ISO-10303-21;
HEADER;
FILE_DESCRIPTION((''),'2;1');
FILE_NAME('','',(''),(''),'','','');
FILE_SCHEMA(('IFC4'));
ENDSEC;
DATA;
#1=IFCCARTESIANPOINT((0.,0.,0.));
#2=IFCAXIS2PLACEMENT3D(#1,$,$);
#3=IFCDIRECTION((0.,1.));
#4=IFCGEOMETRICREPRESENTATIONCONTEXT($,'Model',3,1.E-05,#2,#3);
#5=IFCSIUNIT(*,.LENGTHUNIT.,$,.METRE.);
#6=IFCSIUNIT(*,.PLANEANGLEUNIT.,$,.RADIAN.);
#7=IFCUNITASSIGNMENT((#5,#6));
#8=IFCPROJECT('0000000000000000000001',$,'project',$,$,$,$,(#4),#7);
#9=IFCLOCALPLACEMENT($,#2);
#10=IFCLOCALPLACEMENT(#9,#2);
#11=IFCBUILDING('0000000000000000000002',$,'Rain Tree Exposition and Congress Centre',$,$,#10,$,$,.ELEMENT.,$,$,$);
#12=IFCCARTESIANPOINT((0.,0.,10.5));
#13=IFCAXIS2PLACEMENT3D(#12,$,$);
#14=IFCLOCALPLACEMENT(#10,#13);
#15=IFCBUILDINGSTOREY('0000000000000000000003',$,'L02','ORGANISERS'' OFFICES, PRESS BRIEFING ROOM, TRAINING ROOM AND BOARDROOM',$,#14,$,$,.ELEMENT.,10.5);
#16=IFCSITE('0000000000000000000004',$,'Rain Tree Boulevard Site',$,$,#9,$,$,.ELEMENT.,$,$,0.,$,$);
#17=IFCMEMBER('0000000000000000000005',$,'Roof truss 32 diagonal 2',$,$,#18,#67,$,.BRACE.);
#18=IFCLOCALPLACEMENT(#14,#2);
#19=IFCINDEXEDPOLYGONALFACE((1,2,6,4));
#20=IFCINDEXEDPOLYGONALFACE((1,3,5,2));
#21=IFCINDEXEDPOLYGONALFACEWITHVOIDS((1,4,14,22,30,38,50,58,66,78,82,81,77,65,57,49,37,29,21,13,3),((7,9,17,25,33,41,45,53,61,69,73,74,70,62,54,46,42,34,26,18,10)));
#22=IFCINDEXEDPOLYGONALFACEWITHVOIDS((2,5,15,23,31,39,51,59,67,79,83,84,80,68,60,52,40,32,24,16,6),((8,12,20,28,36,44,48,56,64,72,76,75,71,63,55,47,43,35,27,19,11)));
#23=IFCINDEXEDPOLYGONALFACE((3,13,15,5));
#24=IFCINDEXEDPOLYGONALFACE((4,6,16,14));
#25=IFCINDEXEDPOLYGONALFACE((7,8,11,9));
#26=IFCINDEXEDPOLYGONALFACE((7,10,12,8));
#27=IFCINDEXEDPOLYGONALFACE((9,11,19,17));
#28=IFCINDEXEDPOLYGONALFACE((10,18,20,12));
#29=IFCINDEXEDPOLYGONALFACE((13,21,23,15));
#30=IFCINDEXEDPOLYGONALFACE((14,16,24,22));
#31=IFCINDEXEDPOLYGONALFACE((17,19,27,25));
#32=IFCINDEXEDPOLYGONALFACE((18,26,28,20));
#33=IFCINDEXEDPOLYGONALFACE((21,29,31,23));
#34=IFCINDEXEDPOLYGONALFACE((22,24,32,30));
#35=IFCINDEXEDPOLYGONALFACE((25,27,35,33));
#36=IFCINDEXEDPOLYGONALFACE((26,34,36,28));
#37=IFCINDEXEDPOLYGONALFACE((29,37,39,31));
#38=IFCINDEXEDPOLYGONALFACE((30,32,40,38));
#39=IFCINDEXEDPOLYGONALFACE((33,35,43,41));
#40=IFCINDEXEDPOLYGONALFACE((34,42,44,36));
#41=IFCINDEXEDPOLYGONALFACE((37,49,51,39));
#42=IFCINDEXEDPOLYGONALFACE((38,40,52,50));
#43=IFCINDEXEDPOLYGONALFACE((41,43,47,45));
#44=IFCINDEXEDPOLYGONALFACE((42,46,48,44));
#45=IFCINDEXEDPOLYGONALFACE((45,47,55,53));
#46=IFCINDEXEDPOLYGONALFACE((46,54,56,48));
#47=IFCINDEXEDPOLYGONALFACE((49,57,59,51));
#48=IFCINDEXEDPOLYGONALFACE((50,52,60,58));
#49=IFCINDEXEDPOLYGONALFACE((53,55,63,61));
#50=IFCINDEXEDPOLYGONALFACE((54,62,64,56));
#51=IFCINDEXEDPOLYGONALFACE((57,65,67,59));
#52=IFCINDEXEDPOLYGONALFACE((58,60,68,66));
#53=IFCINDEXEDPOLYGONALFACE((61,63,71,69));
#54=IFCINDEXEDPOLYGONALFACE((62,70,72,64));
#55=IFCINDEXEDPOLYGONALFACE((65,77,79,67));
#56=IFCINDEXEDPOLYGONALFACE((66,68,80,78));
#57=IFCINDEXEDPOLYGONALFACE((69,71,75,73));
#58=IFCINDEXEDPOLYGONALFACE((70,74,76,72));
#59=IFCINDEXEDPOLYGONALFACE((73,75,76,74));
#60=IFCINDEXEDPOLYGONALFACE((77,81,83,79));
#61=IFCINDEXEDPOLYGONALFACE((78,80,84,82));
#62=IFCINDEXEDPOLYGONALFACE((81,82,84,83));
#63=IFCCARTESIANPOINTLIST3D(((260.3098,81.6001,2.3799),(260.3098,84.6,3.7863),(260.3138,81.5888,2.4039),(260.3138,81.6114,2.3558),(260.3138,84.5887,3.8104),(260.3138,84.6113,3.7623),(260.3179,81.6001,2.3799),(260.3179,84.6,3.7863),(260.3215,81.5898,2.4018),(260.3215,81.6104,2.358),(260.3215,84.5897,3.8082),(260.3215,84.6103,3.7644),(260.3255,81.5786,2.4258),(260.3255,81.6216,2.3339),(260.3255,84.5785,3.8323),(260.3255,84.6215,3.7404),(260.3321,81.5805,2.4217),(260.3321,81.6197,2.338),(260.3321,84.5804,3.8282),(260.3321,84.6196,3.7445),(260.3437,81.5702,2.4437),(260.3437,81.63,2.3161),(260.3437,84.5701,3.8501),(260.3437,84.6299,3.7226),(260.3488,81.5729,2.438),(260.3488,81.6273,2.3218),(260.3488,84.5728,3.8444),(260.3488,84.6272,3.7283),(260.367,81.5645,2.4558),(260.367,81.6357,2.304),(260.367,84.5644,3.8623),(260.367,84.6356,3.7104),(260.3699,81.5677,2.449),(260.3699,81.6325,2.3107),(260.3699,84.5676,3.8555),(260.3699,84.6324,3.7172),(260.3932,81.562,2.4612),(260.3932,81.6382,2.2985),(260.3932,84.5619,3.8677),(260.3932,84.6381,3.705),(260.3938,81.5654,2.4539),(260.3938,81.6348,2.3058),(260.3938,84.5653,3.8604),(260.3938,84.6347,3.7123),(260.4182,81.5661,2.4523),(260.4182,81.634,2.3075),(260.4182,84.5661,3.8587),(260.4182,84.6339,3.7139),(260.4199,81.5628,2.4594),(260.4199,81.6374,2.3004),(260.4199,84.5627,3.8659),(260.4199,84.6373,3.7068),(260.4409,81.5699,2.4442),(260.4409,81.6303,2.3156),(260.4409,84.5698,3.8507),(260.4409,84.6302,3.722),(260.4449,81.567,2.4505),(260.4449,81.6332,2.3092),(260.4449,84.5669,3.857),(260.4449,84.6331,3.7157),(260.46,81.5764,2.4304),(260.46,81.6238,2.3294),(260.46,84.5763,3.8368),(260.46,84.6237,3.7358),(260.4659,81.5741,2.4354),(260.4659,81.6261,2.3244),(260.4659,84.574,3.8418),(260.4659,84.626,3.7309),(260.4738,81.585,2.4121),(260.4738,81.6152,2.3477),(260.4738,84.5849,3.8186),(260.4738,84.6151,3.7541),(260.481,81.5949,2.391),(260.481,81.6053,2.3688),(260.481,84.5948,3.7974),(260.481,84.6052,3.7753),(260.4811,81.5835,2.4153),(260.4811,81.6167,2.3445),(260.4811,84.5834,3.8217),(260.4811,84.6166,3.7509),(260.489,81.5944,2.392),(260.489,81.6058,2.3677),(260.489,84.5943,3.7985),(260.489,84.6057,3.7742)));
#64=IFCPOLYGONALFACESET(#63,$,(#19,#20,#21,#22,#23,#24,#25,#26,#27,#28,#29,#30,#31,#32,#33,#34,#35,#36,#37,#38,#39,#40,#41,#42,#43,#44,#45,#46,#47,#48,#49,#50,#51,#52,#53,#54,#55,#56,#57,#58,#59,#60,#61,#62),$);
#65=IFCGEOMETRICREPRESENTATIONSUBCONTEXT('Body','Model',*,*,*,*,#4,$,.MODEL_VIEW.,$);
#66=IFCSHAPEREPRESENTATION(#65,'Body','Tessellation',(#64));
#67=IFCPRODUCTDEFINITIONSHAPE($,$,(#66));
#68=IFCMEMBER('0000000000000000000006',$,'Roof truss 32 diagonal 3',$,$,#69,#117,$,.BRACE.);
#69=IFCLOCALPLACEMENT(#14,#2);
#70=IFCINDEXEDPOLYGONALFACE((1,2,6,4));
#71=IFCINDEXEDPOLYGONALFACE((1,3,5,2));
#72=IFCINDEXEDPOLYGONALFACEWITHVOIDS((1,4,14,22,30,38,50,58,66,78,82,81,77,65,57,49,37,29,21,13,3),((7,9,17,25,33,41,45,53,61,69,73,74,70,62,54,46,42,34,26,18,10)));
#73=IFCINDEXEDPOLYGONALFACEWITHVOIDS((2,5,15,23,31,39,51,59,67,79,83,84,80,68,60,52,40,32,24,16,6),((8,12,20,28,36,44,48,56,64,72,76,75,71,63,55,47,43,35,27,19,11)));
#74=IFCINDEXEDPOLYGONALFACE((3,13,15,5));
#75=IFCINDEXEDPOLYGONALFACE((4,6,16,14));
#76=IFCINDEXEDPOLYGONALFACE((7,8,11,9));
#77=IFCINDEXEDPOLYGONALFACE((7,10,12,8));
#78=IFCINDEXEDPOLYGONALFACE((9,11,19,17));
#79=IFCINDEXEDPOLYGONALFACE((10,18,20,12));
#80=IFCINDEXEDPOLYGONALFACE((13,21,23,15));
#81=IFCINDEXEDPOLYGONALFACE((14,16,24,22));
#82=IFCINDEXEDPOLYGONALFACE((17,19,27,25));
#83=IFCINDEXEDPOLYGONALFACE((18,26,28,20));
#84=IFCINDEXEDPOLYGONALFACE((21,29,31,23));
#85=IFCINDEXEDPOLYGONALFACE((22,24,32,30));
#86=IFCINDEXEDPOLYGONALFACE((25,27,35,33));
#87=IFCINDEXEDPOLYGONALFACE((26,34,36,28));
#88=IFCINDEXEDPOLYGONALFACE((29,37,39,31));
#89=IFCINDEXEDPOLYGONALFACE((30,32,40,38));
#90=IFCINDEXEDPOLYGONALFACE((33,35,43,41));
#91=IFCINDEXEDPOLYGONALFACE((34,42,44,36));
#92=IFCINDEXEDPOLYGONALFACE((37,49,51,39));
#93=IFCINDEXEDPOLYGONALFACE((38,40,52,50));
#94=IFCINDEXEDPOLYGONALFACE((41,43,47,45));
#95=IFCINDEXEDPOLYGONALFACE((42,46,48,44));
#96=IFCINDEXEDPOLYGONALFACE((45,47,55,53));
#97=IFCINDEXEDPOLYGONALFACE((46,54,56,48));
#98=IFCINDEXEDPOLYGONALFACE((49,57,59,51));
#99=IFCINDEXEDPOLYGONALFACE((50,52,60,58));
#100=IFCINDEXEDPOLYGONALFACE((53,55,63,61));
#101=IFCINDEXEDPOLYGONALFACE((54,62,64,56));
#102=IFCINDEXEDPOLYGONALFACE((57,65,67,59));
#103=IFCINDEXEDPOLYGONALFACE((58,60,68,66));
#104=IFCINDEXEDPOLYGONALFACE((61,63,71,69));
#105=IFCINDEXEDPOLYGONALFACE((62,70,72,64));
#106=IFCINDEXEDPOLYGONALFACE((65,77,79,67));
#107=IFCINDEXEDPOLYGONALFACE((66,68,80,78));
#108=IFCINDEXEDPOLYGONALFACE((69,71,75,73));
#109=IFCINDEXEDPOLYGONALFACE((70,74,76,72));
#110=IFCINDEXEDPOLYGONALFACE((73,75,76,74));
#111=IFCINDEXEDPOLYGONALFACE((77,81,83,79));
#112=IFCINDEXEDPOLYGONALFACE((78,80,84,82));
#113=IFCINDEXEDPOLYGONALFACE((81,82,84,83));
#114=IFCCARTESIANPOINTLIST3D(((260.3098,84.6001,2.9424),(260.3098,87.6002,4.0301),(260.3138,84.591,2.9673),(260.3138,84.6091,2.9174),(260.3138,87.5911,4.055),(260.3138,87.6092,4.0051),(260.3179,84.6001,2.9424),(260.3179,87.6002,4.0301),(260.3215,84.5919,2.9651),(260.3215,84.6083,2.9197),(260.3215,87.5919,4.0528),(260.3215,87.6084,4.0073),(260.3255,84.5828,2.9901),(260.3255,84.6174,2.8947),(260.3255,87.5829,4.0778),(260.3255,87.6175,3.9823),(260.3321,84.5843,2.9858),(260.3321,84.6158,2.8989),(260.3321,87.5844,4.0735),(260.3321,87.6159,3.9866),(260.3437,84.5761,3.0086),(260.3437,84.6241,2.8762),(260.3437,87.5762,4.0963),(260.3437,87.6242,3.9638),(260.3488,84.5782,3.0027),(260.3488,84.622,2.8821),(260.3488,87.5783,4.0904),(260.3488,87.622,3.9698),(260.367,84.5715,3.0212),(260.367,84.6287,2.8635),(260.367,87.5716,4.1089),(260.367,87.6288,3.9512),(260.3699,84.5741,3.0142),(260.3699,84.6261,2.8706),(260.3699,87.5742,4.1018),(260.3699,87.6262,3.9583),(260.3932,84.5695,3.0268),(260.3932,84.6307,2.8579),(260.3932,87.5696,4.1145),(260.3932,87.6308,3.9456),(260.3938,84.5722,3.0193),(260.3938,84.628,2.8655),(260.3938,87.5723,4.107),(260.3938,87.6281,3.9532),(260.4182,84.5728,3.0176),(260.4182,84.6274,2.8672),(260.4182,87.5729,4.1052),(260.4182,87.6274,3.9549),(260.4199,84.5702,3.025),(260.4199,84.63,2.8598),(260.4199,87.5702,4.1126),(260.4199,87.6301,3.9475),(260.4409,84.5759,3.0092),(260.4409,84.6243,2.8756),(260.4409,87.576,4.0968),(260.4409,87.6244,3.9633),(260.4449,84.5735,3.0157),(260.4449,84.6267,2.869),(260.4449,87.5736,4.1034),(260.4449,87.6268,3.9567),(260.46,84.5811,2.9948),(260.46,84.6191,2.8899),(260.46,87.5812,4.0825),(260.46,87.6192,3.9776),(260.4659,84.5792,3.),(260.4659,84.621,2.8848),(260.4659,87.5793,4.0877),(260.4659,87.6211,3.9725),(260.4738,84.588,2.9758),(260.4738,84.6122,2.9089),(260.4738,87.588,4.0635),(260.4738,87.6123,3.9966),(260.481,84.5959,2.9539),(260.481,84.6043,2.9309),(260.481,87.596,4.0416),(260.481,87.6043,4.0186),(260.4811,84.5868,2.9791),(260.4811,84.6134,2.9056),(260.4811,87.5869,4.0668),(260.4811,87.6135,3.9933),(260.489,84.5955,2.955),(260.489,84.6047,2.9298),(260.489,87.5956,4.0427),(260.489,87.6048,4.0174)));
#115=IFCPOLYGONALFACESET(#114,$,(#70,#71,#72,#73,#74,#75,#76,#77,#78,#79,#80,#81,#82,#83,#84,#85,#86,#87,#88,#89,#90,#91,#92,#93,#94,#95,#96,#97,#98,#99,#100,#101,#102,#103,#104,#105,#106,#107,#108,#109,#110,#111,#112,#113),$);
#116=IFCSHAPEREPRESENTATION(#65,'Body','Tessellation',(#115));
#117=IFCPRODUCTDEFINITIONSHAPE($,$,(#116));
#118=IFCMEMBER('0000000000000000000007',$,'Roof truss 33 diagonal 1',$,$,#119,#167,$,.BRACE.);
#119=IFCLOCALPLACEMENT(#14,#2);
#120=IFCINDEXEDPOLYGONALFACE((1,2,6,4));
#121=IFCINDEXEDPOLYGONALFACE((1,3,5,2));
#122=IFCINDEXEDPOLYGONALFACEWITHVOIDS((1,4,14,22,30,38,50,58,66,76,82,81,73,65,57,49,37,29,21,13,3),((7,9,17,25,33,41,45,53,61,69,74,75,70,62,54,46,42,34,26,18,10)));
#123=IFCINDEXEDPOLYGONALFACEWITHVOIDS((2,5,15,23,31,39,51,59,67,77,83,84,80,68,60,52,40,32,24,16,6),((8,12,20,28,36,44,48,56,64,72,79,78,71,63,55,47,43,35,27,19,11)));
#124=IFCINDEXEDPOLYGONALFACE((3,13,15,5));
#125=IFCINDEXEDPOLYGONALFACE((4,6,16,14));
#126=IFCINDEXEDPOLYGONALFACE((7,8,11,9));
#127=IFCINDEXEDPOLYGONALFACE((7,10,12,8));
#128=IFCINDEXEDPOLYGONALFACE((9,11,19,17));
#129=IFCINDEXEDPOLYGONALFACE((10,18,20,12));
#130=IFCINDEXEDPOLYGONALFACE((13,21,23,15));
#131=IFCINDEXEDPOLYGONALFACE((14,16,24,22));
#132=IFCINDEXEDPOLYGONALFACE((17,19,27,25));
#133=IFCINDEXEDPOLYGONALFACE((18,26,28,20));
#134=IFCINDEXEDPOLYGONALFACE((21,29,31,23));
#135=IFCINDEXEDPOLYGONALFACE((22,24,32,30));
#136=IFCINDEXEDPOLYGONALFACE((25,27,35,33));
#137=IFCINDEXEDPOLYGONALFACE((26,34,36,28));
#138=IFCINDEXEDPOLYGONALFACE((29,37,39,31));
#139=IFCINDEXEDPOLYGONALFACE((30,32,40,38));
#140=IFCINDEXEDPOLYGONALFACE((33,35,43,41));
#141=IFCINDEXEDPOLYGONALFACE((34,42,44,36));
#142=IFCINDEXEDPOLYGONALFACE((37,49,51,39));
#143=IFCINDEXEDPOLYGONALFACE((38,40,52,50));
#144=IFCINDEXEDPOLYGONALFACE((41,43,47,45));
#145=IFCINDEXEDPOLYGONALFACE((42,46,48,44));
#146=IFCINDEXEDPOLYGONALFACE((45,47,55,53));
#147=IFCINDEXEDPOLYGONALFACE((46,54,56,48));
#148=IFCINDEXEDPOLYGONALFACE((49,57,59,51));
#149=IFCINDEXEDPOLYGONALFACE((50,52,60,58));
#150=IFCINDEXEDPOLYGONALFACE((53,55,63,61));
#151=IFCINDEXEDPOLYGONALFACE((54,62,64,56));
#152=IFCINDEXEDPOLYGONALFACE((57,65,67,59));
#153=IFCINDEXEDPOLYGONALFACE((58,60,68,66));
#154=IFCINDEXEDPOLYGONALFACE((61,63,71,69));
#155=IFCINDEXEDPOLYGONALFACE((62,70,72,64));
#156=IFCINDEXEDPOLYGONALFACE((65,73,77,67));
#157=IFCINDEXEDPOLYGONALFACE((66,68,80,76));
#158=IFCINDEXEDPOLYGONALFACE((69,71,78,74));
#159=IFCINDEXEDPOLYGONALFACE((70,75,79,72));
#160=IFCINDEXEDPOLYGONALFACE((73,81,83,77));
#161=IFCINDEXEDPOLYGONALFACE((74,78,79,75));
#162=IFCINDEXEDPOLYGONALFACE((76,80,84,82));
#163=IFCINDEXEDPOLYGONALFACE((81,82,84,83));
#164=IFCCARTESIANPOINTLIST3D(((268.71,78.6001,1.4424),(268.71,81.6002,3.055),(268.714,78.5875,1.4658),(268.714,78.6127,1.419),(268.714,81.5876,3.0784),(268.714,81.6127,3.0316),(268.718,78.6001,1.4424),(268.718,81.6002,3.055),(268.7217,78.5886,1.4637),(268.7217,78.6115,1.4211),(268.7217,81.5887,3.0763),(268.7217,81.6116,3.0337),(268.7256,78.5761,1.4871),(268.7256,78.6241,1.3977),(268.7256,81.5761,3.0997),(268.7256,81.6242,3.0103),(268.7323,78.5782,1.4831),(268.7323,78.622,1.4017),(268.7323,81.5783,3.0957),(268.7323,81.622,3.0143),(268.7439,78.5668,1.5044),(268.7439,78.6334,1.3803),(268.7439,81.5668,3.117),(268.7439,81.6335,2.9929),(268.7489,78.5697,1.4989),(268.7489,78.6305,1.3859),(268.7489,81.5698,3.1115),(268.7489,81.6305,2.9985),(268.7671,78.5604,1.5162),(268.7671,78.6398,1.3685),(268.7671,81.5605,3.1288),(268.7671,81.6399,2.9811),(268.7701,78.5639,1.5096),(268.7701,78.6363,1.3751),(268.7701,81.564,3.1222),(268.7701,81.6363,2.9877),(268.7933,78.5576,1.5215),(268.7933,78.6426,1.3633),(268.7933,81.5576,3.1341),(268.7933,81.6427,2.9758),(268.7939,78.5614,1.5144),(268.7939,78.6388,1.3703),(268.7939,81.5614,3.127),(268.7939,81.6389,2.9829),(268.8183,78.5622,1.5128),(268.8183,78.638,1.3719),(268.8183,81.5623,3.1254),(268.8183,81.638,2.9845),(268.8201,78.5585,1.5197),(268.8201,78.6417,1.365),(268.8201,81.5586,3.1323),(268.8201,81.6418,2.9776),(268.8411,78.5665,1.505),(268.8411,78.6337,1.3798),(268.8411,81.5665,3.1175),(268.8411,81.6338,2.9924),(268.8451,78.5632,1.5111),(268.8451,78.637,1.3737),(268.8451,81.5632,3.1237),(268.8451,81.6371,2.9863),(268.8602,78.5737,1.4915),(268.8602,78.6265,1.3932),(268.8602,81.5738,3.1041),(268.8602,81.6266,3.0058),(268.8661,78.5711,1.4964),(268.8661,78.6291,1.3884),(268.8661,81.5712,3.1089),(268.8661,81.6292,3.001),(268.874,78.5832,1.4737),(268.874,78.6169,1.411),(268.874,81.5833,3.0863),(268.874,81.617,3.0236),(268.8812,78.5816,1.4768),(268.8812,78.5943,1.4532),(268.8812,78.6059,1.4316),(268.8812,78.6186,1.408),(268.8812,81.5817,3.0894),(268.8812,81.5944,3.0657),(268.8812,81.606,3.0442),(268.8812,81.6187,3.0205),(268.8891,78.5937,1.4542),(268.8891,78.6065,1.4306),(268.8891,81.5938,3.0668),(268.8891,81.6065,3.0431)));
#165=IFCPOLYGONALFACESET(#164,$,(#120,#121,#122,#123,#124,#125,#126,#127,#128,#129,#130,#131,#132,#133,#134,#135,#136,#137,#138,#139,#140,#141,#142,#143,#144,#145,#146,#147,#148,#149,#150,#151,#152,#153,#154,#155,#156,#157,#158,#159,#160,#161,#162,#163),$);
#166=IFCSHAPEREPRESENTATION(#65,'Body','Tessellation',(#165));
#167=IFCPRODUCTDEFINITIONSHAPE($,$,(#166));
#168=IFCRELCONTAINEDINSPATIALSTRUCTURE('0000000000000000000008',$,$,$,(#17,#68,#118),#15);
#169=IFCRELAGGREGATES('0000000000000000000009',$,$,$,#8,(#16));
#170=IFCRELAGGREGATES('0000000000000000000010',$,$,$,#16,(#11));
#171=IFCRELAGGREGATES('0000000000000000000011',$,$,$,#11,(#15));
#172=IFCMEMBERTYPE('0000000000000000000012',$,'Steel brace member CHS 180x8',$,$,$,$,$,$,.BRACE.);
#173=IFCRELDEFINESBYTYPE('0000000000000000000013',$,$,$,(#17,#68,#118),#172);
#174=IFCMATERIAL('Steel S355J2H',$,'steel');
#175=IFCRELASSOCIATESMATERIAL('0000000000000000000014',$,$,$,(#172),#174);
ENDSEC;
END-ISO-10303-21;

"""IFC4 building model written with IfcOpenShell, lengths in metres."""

from ifc_helpers import new_model, si_unit, direction, frame, origin, origin_2d, place, context, subcontext, project, spatial, hollow_circle, extrude, material, material_profile, profile_set, type_object, element, save


model = new_model("IFC4")

# Units and contexts
model_context = context("Model", 3, precision=1e-05, world=origin(), true_north=direction((0.0, 1.0)))
body_context = subcontext(model_context, "Body", "Model", "MODEL_VIEW")
ifc_project = project(units=[si_unit("LENGTHUNIT", "METRE"), si_unit("PLANEANGLEUNIT", "RADIAN")], contexts=[model_context])

# Site, building, storey
site_placement = place(None, origin())
site = spatial("IfcSite", under=ifc_project, at=site_placement, Name="Rain Tree Boulevard Site", CompositionType="ELEMENT", RefElevation=0.0)
building_placement = place(site_placement, origin())
building = spatial("IfcBuilding", under=site, at=building_placement, Name="Rain Tree Exposition and Congress Centre", CompositionType="ELEMENT")
storey_placement = place(building_placement, frame((0.0, 0.0, 10.5)))
storey = spatial("IfcBuildingStorey", under=building, at=storey_placement, Name="L02", Description="ORGANISERS' OFFICES, PRESS BRIEFING ROOM, TRAINING ROOM AND BOARDROOM", CompositionType="ELEMENT", Elevation=10.5)

# Members
ifc_material_1 = material(Name="Steel S355J2H", Category="steel")
ifc_material_profile_1 = material_profile(ifc_material_1, hollow_circle(Radius=0.0901, WallThickness=0.0081, at=origin_2d()), Name="CHS 180x8")
ifc_profile_set_1 = profile_set([ifc_material_profile_1], Name="Steel S355J2H")
member_type_1 = type_object("IfcMemberType", Name="Steel brace member CHS 180x8", PredefinedType="BRACE", material=ifc_profile_set_1)
member_1_placement = place(storey_placement, frame((260.3999, 81.6001, 2.3799), z_axis=(0.0, 0.905431, 0.424494), x_axis=(-1.0, 0.0, 0.0)))
element("IfcMember", 1, at=member_1_placement, inside=storey, type_object=member_type_1, Name="Roof truss 32 diagonal 2", PredefinedType="BRACE", context=body_context, shape_type="SweptSolid", body=[
    extrude(hollow_circle(Radius=0.0901, WallThickness=0.0081, at=origin_2d()), origin(), (0.0, 0.0, 1.0), 3.3132),
])
member_2_placement = place(storey_placement, frame((260.3999, 84.6001, 2.9424), z_axis=(0.0, 0.940121, 0.34084), x_axis=(-1.0, 0.0, 0.0)))
element("IfcMember", 2, at=member_2_placement, inside=storey, type_object=member_type_1, Name="Roof truss 32 diagonal 3", PredefinedType="BRACE", context=body_context, shape_type="SweptSolid", body=[
    extrude(hollow_circle(Radius=0.0901, WallThickness=0.0081, at=origin_2d()), origin(), (0.0, 0.0, 1.0), 3.1912),
])
member_3_placement = place(storey_placement, frame((268.8, 78.6001, 1.4424), z_axis=(0.0, 0.880818, 0.473454), x_axis=(-1.0, 0.0, 0.0)))
element("IfcMember", 3, at=member_3_placement, inside=storey, type_object=member_type_1, Name="Roof truss 33 diagonal 1", PredefinedType="BRACE", context=body_context, shape_type="SweptSolid", body=[
    extrude(hollow_circle(Radius=0.0901, WallThickness=0.0081, at=origin_2d()), origin(), (0.0, 0.0, 1.0), 3.406),
])

save(model, "model.ifc")
